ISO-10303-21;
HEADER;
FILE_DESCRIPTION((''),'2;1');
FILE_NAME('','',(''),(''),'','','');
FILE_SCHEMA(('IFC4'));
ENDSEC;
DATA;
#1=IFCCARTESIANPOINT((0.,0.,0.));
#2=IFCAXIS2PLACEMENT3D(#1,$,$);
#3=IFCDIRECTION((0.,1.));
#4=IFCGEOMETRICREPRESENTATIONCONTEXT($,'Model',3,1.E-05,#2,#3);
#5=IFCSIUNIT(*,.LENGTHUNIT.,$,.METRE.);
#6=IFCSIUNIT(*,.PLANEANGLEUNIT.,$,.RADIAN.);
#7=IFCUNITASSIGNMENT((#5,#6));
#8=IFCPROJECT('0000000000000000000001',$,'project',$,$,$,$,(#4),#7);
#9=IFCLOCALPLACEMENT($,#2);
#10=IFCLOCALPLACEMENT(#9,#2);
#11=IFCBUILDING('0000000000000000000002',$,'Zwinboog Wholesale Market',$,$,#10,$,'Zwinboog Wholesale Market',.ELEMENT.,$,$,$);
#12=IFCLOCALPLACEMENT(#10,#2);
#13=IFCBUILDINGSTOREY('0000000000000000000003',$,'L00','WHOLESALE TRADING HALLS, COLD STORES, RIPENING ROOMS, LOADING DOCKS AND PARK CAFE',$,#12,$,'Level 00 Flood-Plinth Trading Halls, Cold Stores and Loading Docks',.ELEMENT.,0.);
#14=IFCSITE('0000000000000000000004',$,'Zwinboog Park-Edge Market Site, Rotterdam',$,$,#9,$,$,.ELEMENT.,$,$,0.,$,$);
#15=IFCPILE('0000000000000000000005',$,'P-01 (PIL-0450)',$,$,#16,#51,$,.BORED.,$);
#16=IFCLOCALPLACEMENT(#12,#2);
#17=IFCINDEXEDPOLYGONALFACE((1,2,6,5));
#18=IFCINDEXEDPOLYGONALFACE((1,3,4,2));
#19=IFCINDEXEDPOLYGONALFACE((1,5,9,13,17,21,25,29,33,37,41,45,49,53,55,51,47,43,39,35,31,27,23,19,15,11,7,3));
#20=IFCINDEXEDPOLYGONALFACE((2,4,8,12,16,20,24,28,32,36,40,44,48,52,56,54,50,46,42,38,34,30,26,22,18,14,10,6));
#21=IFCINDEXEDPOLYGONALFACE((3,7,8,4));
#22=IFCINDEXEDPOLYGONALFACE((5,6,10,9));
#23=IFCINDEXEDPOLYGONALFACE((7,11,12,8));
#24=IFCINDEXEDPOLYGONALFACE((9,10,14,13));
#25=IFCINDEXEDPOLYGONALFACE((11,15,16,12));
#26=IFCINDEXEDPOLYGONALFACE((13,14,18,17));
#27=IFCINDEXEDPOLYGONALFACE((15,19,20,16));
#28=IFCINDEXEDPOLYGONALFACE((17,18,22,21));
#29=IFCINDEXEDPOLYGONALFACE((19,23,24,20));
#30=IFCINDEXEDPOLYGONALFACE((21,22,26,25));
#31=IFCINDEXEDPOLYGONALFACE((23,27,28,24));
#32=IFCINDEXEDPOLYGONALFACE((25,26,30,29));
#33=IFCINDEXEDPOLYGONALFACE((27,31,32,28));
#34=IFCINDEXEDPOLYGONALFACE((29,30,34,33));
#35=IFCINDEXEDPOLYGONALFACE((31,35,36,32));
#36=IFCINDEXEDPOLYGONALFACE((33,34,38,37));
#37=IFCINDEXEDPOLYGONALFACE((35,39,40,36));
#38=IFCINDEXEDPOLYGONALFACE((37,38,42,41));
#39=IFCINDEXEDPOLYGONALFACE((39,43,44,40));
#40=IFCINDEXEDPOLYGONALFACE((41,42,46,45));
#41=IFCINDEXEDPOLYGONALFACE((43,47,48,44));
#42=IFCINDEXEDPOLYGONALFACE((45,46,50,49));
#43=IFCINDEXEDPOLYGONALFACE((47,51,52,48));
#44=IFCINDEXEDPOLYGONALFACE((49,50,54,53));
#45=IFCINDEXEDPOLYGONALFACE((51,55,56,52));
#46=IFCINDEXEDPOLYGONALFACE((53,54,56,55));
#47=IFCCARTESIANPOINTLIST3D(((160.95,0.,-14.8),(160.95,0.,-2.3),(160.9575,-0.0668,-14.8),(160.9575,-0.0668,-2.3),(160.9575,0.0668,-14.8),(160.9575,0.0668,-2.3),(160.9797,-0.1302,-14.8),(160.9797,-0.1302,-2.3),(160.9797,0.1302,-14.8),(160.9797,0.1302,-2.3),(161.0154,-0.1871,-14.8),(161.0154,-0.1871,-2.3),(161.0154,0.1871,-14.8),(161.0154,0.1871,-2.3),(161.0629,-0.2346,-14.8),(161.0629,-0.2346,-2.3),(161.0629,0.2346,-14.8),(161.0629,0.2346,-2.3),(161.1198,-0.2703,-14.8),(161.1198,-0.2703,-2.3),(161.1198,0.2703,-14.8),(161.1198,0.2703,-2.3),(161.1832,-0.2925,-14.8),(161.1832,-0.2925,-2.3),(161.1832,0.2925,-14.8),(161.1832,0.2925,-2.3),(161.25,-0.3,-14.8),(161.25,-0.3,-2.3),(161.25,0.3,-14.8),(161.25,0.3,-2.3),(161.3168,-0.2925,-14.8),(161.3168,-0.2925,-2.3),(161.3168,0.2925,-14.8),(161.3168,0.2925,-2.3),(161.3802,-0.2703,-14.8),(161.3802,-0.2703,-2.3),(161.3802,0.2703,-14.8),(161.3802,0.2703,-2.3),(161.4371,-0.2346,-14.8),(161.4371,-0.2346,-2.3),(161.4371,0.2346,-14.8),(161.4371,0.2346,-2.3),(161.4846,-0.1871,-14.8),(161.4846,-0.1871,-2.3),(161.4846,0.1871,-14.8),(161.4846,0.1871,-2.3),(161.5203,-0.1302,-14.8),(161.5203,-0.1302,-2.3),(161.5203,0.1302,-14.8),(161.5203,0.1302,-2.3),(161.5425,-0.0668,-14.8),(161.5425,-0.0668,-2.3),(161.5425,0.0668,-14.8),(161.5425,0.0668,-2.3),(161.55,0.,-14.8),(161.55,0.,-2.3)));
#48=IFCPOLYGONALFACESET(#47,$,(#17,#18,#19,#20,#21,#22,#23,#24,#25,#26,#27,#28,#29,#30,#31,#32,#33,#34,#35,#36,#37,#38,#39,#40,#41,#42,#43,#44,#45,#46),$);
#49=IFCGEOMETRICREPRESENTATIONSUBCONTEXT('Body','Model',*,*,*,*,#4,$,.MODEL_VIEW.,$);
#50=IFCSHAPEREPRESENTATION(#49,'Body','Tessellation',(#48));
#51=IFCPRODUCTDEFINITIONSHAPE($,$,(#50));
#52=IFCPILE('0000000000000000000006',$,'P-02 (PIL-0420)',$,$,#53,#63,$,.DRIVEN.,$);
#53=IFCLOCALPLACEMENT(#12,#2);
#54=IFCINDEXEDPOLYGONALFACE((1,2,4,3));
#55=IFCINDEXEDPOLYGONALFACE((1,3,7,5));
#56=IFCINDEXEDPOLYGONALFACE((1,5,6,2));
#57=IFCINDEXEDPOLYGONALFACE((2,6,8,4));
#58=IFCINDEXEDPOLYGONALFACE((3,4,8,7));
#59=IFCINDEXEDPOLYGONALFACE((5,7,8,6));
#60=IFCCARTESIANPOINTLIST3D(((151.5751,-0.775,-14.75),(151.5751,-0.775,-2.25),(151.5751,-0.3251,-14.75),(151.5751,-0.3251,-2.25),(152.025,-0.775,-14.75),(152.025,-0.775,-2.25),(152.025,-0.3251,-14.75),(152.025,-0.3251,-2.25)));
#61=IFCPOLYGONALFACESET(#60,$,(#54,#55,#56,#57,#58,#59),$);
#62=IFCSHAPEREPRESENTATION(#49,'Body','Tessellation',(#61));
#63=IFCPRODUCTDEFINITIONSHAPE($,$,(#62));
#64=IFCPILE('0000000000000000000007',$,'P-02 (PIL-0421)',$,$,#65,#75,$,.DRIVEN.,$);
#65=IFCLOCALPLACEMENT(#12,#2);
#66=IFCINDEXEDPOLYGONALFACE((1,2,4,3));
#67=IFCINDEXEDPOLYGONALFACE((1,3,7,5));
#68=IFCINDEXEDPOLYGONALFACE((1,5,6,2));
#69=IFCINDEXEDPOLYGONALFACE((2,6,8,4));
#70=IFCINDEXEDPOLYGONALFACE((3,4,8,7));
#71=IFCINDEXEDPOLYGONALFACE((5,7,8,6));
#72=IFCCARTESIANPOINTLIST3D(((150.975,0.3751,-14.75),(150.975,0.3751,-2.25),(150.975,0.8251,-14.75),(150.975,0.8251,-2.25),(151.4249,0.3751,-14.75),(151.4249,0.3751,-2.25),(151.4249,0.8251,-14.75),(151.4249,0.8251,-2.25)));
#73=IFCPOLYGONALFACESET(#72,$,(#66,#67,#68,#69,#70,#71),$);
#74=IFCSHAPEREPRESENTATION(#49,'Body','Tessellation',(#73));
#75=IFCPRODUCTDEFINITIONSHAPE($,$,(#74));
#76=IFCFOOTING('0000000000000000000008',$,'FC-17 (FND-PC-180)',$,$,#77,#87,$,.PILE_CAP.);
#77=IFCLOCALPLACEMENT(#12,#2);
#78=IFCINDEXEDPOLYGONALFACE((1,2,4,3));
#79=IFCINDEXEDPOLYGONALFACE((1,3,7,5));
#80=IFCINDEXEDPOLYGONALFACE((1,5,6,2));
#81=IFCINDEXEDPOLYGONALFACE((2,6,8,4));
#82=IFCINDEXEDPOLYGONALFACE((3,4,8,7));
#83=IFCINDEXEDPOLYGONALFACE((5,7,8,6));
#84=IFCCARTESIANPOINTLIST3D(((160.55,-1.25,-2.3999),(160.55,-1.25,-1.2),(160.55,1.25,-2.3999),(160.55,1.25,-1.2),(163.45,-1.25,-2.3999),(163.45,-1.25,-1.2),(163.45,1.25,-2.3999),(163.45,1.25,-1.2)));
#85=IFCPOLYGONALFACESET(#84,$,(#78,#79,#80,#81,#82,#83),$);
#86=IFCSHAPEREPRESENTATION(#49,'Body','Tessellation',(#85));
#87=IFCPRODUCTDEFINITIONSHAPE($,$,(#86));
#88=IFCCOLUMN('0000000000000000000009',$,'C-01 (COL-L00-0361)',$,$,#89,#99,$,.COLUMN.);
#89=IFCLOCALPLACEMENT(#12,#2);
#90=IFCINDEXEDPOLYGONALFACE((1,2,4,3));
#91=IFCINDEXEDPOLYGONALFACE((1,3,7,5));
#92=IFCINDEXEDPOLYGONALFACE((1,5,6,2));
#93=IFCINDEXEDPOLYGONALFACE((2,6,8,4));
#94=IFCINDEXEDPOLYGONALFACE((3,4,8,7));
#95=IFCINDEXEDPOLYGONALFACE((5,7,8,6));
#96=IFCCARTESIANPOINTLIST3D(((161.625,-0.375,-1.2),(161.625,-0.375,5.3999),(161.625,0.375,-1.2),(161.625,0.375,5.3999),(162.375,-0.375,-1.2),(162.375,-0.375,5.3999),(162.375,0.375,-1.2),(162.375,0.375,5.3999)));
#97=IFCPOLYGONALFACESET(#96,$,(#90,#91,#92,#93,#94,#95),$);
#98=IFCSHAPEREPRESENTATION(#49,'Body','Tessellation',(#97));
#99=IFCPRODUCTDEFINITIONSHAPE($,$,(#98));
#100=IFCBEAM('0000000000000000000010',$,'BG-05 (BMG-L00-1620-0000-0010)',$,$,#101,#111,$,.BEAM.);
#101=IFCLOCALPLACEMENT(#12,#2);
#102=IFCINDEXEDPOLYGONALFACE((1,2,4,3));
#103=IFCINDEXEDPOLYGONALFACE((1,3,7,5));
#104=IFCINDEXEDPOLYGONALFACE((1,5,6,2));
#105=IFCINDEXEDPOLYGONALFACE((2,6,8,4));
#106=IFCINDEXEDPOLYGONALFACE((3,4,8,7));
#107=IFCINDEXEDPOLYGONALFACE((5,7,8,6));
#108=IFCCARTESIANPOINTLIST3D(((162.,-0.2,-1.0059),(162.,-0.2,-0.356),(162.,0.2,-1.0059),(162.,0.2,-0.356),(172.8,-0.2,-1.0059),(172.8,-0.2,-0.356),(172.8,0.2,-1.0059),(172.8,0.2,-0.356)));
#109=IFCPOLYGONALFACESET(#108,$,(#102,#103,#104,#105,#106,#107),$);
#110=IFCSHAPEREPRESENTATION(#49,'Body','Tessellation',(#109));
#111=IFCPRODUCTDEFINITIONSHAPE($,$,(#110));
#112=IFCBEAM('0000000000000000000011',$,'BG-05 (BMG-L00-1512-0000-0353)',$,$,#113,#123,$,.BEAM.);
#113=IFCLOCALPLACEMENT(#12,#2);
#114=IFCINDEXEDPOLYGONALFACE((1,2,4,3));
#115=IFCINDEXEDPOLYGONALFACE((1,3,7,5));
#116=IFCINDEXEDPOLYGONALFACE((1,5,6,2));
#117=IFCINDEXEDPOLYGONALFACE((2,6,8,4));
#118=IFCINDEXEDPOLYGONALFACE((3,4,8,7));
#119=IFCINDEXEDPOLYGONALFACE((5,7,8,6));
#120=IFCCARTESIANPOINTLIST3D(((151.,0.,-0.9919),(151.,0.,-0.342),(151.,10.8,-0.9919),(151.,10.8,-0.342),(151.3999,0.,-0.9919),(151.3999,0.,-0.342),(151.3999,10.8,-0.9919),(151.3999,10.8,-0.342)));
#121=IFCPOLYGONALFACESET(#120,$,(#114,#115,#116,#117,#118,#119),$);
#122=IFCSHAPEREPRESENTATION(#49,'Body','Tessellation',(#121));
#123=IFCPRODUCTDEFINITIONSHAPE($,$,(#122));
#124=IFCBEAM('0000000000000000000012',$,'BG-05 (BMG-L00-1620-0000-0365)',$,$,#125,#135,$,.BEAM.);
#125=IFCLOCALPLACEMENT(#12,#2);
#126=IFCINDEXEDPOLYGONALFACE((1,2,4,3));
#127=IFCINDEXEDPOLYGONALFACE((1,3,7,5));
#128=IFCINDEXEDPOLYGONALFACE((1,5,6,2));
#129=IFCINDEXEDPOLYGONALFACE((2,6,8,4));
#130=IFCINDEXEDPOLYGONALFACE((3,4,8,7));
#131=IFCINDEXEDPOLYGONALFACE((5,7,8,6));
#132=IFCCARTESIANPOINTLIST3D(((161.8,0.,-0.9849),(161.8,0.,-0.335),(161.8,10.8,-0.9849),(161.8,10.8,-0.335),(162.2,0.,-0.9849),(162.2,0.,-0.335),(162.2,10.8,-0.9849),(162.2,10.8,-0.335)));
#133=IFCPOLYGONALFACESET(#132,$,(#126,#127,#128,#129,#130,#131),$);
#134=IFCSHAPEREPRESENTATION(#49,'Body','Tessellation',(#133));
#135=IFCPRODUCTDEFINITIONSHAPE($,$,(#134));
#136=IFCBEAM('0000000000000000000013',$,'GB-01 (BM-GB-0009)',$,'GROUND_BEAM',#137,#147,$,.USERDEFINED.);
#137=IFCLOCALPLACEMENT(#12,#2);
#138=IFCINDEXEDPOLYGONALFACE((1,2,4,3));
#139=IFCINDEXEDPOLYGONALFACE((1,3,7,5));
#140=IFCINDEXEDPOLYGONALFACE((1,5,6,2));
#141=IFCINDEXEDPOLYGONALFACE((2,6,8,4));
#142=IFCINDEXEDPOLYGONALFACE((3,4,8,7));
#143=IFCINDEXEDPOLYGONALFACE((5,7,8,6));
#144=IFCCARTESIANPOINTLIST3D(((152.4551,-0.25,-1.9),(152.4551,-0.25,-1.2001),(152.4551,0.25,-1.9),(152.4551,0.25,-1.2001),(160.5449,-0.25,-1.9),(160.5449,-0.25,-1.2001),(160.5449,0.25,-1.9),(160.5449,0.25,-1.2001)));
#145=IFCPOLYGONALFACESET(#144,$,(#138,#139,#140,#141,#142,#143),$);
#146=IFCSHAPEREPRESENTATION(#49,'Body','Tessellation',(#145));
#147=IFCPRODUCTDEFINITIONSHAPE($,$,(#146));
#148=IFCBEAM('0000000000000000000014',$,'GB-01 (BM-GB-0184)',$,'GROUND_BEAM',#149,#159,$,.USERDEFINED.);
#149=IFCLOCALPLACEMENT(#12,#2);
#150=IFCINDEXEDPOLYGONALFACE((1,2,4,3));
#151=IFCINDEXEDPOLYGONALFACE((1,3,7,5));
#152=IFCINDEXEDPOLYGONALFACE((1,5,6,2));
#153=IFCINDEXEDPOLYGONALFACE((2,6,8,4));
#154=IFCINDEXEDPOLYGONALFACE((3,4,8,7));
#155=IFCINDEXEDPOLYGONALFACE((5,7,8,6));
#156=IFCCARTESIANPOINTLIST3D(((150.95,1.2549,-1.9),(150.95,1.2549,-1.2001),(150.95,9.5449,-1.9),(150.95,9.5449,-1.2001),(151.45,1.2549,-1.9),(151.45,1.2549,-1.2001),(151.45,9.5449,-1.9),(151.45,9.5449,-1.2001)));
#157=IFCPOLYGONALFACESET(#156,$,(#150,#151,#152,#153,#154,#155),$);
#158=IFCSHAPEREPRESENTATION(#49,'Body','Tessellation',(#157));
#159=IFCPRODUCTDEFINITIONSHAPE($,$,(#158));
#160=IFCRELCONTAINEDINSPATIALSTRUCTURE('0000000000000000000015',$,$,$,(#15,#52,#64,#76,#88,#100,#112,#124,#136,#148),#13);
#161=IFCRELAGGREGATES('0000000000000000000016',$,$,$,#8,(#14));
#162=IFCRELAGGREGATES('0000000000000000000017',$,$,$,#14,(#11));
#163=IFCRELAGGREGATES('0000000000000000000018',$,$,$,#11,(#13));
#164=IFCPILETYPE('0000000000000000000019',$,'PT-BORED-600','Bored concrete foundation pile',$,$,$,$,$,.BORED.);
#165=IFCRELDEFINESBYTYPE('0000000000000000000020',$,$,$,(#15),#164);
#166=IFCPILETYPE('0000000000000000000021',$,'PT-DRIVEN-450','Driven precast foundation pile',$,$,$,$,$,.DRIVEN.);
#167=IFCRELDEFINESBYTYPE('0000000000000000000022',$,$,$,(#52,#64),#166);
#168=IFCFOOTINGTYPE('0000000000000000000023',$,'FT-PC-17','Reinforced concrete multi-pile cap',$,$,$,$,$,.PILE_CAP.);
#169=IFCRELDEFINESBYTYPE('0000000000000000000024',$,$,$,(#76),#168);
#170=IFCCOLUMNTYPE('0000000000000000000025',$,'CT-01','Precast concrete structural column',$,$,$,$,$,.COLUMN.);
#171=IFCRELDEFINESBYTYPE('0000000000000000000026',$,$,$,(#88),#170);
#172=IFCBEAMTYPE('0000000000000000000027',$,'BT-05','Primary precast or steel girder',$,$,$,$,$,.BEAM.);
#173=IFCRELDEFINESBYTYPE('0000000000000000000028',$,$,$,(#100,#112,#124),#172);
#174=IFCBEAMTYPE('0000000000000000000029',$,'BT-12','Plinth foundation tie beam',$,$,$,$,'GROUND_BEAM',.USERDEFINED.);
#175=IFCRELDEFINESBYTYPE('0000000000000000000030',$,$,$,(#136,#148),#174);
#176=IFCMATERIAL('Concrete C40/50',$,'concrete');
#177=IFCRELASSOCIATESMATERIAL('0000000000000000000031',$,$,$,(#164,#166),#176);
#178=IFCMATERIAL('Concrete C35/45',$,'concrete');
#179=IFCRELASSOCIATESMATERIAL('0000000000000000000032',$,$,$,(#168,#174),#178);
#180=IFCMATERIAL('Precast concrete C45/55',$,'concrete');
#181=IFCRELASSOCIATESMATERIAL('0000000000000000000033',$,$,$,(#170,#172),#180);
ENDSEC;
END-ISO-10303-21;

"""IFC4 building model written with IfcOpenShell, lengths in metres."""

from ifc_helpers import new_model, si_unit, direction, frame, origin, origin_2d, place, context, subcontext, project, spatial, rectangle, circle, extrude, material, material_profile, profile_set, type_object, element, save


model = new_model("IFC4")

# Units and contexts
model_context = context("Model", 3, precision=1e-05, world=origin(), true_north=direction((0.0, 1.0)))
body_context = subcontext(model_context, "Body", "Model", "MODEL_VIEW")
ifc_project = project(units=[si_unit("LENGTHUNIT", "METRE"), si_unit("PLANEANGLEUNIT", "RADIAN")], contexts=[model_context])

# Site, building, storey
site_placement = place(None, origin())
site = spatial("IfcSite", under=ifc_project, at=site_placement, Name="Zwinboog Park-Edge Market Site, Rotterdam", CompositionType="ELEMENT", RefElevation=0.0)
building_placement = place(site_placement, origin())
building = spatial("IfcBuilding", under=site, at=building_placement, Name="Zwinboog Wholesale Market", LongName="Zwinboog Wholesale Market", CompositionType="ELEMENT")
storey_placement = place(building_placement, origin())
storey = spatial("IfcBuildingStorey", under=building, at=storey_placement, Name="L00", Description="WHOLESALE TRADING HALLS, COLD STORES, RIPENING ROOMS, LOADING DOCKS AND PARK CAFE", LongName="Level 00 Flood-Plinth Trading Halls, Cold Stores and Loading Docks", CompositionType="ELEMENT", Elevation=0.0)

# Piles
ifc_material_1 = material(Name="Concrete C40/50", Category="concrete")
ifc_material_profile_1 = material_profile(ifc_material_1, circle(Radius=0.3, at=origin_2d()), Name="PILE D600")
ifc_profile_set_1 = profile_set([ifc_material_profile_1], Name="Concrete C40/50")
pile_type_1 = type_object("IfcPileType", Name="PT-BORED-600", Description="Bored concrete foundation pile", PredefinedType="BORED", material=ifc_profile_set_1)
pile_placement = place(storey_placement, frame((161.25, 0.0, -2.3), z_axis=(0.0, 0.0, -1.0), x_axis=(1.0, 0.0, 0.0)))
element("IfcPile", 1, at=pile_placement, inside=storey, type_object=pile_type_1, Name="P-01 (PIL-0450)", PredefinedType="BORED", context=body_context, shape_type="SweptSolid", body=[
    extrude(circle(Radius=0.3, at=origin_2d()), origin(), (0.0, 0.0, 1.0), 12.5),
])
ifc_material_profile_2 = material_profile(ifc_material_1, rectangle(XDim=0.45, YDim=0.45, at=origin_2d()), Name="PILE SQ450")
ifc_profile_set_2 = profile_set([ifc_material_profile_2], Name="Concrete C40/50")
pile_type_2 = type_object("IfcPileType", Name="PT-DRIVEN-450", Description="Driven precast foundation pile", PredefinedType="DRIVEN", material=ifc_profile_set_2)
for number, where, z_axis, x_axis, name in (
    (2, (151.8, -0.55, -2.25), (0.0, 0.0, -1.0), (1.0, 0.0, 0.0), "P-02 (PIL-0420)"),
    (3, (151.2, 0.6001, -2.25), (0.0, 0.0, -1.0), (1.0, 0.0, 0.0), "P-02 (PIL-0421)"),
):
    element("IfcPile", number, at=place(storey_placement, frame(where, z_axis=z_axis, x_axis=x_axis)), inside=storey, type_object=pile_type_2, Name=name, PredefinedType="DRIVEN", context=body_context, shape_type="SweptSolid", body=[
        extrude(rectangle(XDim=0.45, YDim=0.45, at=origin_2d()), origin(), (0.0, 0.0, 1.0), 12.5),
    ])

# Footing
ifc_material_2 = material(Name="Concrete C35/45", Category="concrete")
footing_type = type_object("IfcFootingType", Name="FT-PC-17", Description="Reinforced concrete multi-pile cap", PredefinedType="PILE_CAP", material=ifc_material_2)
footing_placement = place(storey_placement, frame((162.0, 0.0, -2.3999), z_axis=(0.0, 0.0, 1.0), x_axis=(1.0, 0.0, 0.0)))
element("IfcFooting", 4, at=footing_placement, inside=storey, type_object=footing_type, Name="FC-17 (FND-PC-180)", PredefinedType="PILE_CAP", context=body_context, shape_type="SweptSolid", body=[
    extrude(rectangle(XDim=2.8999, YDim=2.5, at=origin_2d()), origin(), (0.0, 0.0, 1.0), 1.2),
])

# Column
ifc_material_3 = material(Name="Precast concrete C45/55", Category="concrete")
ifc_material_profile_3 = material_profile(ifc_material_3, rectangle(XDim=0.75, YDim=0.75, at=origin_2d()), Name="PC 750x750")
ifc_profile_set_3 = profile_set([ifc_material_profile_3], Name="Precast concrete C45/55")
column_type = type_object("IfcColumnType", Name="CT-01", Description="Precast concrete structural column", PredefinedType="COLUMN", material=ifc_profile_set_3)
column_placement = place(storey_placement, frame((162.0, 0.0, -1.2), z_axis=(0.0, 0.0, 1.0), x_axis=(1.0, 0.0, 0.0)))
element("IfcColumn", 5, at=column_placement, inside=storey, type_object=column_type, Name="C-01 (COL-L00-0361)", PredefinedType="COLUMN", context=body_context, shape_type="SweptSolid", body=[
    extrude(rectangle(XDim=0.75, YDim=0.75, at=origin_2d()), origin(), (0.0, 0.0, 1.0), 6.5999),
])

# Beams
ifc_material_profile_4 = material_profile(ifc_material_3, rectangle(XDim=0.3999, YDim=0.6499, at=origin_2d()), Name="PC 400x650")
ifc_profile_set_4 = profile_set([ifc_material_profile_4], Name="Precast concrete C45/55")
beam_type_1 = type_object("IfcBeamType", Name="BT-05", Description="Primary precast or steel girder", PredefinedType="BEAM", material=ifc_profile_set_4)
for number, where, z_axis, x_axis, name in (
    (6, (162.0, 0.0, -0.6809), (1.0, 0.0, 0.0), (0.0, 1.0, 0.0), "BG-05 (BMG-L00-1620-0000-0010)"),
    (7, (151.2, 0.0, -0.667), (0.0, 1.0, 0.0), (-1.0, 0.0, 0.0), "BG-05 (BMG-L00-1512-0000-0353)"),
    (8, (162.0, 0.0, -0.6599), (0.0, 1.0, 0.0), (-1.0, 0.0, 0.0), "BG-05 (BMG-L00-1620-0000-0365)"),
):
    element("IfcBeam", number, at=place(storey_placement, frame(where, z_axis=z_axis, x_axis=x_axis)), inside=storey, type_object=beam_type_1, Name=name, PredefinedType="BEAM", context=body_context, shape_type="SweptSolid", body=[
        extrude(rectangle(XDim=0.3999, YDim=0.6499, at=origin_2d()), origin(), (0.0, 0.0, 1.0), 10.8),
    ])
ifc_material_profile_5 = material_profile(ifc_material_2, rectangle(XDim=0.5, YDim=0.7, at=origin_2d()), Name="RC 500x700")
ifc_profile_set_5 = profile_set([ifc_material_profile_5], Name="Concrete C35/45")
beam_type_2 = type_object("IfcBeamType", Name="BT-12", Description="Plinth foundation tie beam", ElementType="GROUND_BEAM", PredefinedType="USERDEFINED", material=ifc_profile_set_5)
beam_1_placement = place(storey_placement, frame((152.4551, 0.0, -1.55), z_axis=(1.0, 0.0, 0.0), x_axis=(0.0, 1.0, 0.0)))
element("IfcBeam", 9, at=beam_1_placement, inside=storey, type_object=beam_type_2, Name="GB-01 (BM-GB-0009)", ObjectType="GROUND_BEAM", PredefinedType="USERDEFINED", context=body_context, shape_type="SweptSolid", body=[
    extrude(rectangle(XDim=0.5, YDim=0.7, at=origin_2d()), origin(), (0.0, 0.0, 1.0), 8.0898),
])
beam_2_placement = place(storey_placement, frame((151.2, 1.2549, -1.55), z_axis=(0.0, 1.0, 0.0), x_axis=(-1.0, 0.0, 0.0)))
element("IfcBeam", 10, at=beam_2_placement, inside=storey, type_object=beam_type_2, Name="GB-01 (BM-GB-0184)", ObjectType="GROUND_BEAM", PredefinedType="USERDEFINED", context=body_context, shape_type="SweptSolid", body=[
    extrude(rectangle(XDim=0.5, YDim=0.7, at=origin_2d()), origin(), (0.0, 0.0, 1.0), 8.29),
])

save(model, "model.ifc")
